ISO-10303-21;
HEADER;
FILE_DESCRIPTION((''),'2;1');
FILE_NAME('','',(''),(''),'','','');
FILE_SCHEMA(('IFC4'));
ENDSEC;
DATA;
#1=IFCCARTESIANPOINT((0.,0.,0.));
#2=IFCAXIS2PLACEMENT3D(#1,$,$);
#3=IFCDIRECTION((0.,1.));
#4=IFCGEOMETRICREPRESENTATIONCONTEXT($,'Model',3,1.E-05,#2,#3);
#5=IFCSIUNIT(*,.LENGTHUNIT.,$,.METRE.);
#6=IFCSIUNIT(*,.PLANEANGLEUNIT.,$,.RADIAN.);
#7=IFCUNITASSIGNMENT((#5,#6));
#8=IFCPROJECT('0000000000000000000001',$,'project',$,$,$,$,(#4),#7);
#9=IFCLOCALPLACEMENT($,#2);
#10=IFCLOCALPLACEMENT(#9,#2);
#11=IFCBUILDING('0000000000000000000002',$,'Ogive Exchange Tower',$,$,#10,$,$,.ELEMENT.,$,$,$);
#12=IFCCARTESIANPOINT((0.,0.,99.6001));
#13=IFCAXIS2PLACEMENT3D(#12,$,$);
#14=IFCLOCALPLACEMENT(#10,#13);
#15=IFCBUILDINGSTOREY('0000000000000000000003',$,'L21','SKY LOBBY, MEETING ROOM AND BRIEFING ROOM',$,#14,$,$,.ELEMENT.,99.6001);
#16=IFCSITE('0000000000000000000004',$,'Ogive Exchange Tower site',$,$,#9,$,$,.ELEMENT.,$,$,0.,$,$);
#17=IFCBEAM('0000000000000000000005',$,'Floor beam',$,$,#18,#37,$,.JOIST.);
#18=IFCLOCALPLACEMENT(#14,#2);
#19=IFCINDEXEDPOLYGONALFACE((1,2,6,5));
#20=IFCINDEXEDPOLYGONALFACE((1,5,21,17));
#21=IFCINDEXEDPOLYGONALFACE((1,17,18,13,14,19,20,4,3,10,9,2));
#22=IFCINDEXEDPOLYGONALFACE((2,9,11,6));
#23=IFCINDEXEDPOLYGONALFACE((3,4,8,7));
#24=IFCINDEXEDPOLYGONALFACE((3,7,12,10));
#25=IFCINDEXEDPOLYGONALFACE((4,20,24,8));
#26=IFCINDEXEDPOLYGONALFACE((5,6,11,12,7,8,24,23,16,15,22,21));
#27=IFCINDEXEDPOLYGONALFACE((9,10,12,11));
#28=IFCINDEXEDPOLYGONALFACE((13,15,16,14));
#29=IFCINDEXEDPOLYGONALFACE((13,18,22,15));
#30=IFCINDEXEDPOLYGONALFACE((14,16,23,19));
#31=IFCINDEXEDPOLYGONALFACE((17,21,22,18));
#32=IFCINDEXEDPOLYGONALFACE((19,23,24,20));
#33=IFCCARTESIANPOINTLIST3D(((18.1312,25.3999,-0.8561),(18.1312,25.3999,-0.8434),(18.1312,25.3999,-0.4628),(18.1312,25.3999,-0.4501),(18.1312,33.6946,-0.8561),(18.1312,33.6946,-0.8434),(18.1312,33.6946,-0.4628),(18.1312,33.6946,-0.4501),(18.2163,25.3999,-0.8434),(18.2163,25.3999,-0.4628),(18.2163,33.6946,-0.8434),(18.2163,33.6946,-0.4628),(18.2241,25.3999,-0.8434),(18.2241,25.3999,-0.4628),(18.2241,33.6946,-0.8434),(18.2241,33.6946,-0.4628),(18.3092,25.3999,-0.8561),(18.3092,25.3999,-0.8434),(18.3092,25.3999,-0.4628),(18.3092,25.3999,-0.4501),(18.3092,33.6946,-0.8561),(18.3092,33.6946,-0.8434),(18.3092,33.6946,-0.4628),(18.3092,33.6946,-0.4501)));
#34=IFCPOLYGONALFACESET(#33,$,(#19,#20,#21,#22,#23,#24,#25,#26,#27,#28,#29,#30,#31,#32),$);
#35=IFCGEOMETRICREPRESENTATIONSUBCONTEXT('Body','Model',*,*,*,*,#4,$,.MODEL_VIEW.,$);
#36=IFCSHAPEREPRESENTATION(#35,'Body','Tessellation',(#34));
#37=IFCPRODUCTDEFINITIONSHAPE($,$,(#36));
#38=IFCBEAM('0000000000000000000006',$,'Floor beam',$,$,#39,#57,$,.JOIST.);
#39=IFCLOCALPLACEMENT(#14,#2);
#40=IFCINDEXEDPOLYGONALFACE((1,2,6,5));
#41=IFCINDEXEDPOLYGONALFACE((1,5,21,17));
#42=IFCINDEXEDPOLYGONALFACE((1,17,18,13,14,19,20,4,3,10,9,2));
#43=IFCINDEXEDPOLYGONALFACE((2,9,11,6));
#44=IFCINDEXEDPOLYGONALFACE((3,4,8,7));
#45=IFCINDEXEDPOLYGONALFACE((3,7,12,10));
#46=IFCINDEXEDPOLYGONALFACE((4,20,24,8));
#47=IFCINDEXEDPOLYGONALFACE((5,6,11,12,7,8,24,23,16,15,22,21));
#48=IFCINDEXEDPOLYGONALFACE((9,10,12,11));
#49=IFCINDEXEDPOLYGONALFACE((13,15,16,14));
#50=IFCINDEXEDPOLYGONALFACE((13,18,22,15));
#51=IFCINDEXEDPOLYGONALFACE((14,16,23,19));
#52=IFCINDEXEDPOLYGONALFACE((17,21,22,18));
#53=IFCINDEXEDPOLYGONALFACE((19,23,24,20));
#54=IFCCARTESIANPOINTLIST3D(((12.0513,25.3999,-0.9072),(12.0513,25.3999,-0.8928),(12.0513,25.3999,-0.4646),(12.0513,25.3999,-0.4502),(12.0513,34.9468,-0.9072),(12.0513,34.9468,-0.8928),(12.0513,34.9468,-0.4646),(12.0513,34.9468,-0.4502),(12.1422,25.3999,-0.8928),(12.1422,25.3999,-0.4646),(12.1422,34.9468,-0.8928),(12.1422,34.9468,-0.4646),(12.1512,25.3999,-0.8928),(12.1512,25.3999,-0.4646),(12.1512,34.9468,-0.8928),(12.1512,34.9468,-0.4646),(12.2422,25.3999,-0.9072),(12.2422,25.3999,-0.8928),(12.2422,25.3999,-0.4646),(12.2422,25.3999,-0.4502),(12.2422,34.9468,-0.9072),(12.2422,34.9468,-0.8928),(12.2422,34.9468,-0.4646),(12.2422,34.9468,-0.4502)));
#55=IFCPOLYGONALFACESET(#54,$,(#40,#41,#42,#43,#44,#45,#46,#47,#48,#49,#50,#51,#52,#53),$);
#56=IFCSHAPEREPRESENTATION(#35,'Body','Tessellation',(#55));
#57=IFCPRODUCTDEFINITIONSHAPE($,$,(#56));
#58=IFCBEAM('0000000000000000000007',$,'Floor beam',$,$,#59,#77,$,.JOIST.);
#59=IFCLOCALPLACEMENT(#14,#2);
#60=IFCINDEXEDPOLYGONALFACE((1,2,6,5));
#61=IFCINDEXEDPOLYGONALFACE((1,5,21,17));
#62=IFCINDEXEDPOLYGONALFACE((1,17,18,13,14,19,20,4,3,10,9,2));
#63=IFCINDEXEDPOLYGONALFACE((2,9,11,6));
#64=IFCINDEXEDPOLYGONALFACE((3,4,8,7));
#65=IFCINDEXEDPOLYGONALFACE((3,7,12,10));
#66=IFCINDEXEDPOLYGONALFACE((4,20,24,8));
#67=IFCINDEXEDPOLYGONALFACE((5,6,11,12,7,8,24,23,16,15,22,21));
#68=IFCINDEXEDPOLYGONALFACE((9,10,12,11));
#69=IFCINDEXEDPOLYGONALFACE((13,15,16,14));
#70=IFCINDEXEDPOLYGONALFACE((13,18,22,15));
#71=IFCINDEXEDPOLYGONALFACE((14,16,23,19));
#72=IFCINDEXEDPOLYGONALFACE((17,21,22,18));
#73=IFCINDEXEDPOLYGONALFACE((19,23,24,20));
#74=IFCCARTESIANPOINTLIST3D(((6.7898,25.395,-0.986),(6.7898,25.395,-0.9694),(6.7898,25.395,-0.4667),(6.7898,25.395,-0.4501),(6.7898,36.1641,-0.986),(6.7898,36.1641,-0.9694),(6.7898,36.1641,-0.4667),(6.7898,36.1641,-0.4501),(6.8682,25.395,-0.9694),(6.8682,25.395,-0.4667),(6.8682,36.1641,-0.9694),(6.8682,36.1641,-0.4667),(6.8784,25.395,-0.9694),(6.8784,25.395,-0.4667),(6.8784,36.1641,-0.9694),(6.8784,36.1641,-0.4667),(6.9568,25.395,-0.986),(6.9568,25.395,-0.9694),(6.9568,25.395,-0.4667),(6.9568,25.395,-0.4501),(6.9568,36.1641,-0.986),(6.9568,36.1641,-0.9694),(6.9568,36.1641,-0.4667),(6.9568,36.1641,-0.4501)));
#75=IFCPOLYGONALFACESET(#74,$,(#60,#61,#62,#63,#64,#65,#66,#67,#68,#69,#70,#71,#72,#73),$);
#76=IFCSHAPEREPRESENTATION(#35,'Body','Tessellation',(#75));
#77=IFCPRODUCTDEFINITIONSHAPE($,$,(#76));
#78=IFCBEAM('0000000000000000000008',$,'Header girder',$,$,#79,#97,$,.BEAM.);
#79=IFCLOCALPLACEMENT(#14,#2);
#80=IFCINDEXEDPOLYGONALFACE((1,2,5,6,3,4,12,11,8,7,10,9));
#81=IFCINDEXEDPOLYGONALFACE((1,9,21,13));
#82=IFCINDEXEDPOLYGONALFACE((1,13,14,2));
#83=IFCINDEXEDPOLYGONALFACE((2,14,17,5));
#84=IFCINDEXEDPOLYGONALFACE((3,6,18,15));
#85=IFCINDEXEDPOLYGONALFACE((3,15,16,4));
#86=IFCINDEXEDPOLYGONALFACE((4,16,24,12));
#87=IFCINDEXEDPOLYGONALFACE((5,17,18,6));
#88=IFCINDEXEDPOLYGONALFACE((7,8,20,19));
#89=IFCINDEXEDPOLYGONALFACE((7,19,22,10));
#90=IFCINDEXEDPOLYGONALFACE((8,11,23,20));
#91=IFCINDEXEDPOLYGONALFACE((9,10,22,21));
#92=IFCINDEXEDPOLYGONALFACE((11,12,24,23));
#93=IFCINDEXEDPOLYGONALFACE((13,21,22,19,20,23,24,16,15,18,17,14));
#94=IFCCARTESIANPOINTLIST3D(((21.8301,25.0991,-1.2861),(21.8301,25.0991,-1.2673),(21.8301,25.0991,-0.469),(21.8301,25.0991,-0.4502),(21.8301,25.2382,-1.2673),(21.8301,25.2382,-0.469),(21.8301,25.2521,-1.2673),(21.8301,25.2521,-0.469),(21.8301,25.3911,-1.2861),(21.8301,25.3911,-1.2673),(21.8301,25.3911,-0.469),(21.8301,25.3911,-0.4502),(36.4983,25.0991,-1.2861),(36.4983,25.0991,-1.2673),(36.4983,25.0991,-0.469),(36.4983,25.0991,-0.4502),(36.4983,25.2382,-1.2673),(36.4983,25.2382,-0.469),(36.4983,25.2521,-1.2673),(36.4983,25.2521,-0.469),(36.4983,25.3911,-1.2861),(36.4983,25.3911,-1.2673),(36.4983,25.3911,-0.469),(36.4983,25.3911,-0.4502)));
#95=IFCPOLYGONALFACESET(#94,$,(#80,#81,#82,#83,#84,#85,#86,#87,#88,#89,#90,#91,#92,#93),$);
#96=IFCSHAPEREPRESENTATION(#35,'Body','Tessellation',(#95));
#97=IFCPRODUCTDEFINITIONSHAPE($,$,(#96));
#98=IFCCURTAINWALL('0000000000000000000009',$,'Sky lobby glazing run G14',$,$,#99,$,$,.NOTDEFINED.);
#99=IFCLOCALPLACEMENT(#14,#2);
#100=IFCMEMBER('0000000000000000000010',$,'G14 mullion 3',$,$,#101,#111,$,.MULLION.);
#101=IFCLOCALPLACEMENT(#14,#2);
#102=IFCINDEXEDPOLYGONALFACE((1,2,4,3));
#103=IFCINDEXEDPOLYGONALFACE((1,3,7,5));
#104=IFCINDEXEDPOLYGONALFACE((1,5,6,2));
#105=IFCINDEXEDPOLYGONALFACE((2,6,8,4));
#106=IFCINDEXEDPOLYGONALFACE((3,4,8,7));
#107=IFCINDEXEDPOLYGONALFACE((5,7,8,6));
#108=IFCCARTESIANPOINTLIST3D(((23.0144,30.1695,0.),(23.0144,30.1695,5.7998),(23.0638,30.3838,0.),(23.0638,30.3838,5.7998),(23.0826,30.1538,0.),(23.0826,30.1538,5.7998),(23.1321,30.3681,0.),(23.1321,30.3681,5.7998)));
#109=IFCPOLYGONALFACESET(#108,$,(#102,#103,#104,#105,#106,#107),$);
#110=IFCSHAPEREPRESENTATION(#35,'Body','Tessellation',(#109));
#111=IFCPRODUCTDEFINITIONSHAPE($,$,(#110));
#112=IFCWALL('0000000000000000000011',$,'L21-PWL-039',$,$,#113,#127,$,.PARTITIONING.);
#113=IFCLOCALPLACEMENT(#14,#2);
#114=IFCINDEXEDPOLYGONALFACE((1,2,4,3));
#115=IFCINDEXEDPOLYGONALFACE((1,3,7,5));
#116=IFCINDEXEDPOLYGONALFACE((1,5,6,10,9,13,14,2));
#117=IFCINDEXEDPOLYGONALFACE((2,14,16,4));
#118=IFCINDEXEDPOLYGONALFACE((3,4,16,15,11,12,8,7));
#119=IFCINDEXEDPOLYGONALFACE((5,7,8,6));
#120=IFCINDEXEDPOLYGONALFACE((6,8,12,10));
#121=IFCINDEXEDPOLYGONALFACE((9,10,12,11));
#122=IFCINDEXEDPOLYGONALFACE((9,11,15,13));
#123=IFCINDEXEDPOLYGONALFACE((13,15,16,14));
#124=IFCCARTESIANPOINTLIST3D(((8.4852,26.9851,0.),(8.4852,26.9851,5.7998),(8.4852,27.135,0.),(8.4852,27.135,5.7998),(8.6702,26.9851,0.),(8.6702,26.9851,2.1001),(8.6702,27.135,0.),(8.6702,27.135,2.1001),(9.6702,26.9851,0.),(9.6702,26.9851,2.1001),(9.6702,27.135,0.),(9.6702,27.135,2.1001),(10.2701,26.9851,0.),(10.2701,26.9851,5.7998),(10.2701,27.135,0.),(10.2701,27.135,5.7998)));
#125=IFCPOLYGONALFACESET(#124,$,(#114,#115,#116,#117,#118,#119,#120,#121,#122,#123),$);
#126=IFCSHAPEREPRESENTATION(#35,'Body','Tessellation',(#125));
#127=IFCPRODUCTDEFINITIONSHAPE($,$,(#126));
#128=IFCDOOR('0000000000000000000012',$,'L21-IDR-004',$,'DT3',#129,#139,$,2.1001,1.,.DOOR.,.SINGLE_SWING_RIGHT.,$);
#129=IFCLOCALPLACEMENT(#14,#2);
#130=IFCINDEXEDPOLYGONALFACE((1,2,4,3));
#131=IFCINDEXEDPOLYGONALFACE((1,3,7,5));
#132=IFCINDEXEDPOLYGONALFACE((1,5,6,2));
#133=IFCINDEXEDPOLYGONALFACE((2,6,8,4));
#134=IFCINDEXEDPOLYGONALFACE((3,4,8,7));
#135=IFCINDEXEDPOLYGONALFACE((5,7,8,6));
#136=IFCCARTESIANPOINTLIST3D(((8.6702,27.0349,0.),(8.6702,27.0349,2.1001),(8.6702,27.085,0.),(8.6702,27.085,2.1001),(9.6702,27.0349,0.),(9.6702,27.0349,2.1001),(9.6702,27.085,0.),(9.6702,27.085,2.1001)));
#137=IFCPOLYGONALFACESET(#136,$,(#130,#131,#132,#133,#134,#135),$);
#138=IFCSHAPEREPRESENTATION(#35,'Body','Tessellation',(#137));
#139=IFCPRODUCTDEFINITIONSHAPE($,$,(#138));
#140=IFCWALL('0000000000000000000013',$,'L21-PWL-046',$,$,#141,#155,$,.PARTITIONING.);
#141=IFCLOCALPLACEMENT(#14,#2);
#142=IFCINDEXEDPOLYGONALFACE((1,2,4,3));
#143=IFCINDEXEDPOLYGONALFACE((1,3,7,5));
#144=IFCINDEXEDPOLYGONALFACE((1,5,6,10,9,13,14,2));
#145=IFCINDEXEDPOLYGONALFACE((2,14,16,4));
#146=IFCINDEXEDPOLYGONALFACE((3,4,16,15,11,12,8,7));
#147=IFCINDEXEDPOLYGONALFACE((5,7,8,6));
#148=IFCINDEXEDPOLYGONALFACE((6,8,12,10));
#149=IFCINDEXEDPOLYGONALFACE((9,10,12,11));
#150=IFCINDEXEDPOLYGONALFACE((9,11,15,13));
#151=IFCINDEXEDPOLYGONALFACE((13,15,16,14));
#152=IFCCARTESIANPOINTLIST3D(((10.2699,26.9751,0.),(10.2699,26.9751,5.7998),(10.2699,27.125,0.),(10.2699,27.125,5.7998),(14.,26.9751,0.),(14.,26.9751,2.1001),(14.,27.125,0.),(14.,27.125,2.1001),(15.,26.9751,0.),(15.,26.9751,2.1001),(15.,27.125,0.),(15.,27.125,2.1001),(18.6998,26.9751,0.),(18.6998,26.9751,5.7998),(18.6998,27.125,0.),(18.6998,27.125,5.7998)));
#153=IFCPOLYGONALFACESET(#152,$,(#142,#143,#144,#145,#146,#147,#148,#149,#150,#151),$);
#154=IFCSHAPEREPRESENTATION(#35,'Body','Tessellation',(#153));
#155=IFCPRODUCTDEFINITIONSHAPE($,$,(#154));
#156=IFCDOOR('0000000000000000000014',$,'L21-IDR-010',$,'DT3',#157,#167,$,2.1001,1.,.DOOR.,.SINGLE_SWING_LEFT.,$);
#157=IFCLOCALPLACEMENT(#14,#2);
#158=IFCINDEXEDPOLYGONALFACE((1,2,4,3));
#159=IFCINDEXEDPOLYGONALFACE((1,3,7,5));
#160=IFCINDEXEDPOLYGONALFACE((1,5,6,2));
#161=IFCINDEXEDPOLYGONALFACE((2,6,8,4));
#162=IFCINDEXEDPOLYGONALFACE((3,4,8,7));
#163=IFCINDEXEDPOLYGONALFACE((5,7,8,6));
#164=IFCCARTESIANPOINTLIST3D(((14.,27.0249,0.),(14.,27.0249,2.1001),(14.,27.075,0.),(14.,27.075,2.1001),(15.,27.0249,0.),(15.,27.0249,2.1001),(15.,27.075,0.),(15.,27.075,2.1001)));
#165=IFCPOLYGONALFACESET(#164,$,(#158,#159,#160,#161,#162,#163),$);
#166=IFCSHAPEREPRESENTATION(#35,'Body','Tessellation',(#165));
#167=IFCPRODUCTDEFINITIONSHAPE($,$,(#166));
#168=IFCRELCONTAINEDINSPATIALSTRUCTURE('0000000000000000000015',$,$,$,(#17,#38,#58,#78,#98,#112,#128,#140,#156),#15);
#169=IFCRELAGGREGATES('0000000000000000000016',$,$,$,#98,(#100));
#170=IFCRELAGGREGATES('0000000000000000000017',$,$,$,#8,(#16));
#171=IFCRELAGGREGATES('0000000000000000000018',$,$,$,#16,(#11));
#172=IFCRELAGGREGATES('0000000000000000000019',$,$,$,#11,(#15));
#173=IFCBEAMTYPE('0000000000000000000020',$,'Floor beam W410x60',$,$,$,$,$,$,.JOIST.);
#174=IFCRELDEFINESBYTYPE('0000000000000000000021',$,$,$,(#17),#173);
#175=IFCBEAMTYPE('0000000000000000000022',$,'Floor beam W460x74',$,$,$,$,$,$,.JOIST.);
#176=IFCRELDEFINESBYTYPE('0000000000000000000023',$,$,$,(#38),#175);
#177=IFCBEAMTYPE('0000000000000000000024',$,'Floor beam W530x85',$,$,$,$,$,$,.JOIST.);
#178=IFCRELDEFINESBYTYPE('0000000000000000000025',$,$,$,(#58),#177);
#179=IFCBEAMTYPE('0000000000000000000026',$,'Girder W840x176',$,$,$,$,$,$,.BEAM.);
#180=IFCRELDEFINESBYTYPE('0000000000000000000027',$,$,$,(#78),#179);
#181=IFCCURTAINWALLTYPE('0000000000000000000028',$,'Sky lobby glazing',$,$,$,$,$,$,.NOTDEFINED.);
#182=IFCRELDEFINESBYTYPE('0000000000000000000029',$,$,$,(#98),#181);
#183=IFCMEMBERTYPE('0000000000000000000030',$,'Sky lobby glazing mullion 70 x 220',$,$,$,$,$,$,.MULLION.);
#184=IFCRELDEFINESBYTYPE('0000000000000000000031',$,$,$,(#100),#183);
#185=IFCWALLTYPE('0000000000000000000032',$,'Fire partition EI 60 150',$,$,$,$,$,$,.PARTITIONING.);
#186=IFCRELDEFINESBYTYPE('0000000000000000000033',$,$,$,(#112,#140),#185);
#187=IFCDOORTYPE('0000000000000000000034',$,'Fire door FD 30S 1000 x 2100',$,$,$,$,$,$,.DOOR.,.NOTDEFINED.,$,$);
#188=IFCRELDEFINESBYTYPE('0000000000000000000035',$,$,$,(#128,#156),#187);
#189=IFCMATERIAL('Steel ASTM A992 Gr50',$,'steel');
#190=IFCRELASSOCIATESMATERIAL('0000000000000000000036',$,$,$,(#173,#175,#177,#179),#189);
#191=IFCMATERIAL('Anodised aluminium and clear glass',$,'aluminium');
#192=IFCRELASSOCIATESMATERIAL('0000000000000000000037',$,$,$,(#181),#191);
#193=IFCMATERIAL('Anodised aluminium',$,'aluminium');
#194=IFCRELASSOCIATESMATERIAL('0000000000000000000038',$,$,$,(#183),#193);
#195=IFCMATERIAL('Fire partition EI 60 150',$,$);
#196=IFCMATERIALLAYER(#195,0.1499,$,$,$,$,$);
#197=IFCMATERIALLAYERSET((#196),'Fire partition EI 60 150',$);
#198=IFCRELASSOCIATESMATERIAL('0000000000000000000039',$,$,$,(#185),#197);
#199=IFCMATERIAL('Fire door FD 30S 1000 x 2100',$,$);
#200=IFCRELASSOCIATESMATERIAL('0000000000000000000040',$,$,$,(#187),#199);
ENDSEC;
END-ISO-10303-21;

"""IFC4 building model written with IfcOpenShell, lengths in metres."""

from ifc_helpers import new_model, si_unit, direction, frame, frame_2d, origin, origin_2d, place, context, subcontext, project, spatial, rectangle, i_section, extrude, material, layer, layer_set, material_profile, profile_set, type_object, element, fill, aggregate, save


model = new_model("IFC4")

# Units and contexts
model_context = context("Model", 3, precision=1e-05, world=origin(), true_north=direction((0.0, 1.0)))
body_context = subcontext(model_context, "Body", "Model", "MODEL_VIEW")
ifc_project = project(units=[si_unit("LENGTHUNIT", "METRE"), si_unit("PLANEANGLEUNIT", "RADIAN")], contexts=[model_context])

# Site, building, storey
site_placement = place(None, origin())
site = spatial("IfcSite", under=ifc_project, at=site_placement, Name="Ogive Exchange Tower site", CompositionType="ELEMENT", RefElevation=0.0)
building_placement = place(site_placement, origin())
building = spatial("IfcBuilding", under=site, at=building_placement, Name="Ogive Exchange Tower", CompositionType="ELEMENT")
storey_placement = place(building_placement, frame((0.0, 0.0, 99.6001)))
storey = spatial("IfcBuildingStorey", under=building, at=storey_placement, Name="L21", Description="SKY LOBBY, MEETING ROOM AND BRIEFING ROOM", CompositionType="ELEMENT", Elevation=99.6001)

# Beams
ifc_material_1 = material(Name="Steel ASTM A992 Gr50", Category="steel")
ifc_material_profile_1 = material_profile(ifc_material_1, i_section(OverallWidth=0.178, OverallDepth=0.406, WebThickness=0.0078, FlangeThickness=0.0127, at=origin_2d()), Name="W410x60")
ifc_profile_set_1 = profile_set([ifc_material_profile_1], Name="Steel ASTM A992 Gr50")
beam_type_1 = type_object("IfcBeamType", Name="Floor beam W410x60", PredefinedType="JOIST", material=ifc_profile_set_1)
beam_1_placement = place(storey_placement, frame((18.2202, 25.3999, -0.6531), z_axis=(0.0, 1.0, 0.0), x_axis=(-1.0, 0.0, 0.0)))
element("IfcBeam", 1, at=beam_1_placement, inside=storey, type_object=beam_type_1, Name="Floor beam", PredefinedType="JOIST", context=body_context, shape_type="SweptSolid", body=[
    extrude(i_section(OverallWidth=0.178, OverallDepth=0.406, WebThickness=0.0078, FlangeThickness=0.0127, at=origin_2d()), origin(), (0.0, 0.0, 1.0), 8.2947),
])
ifc_material_profile_2 = material_profile(ifc_material_1, i_section(OverallWidth=0.1909, OverallDepth=0.457, WebThickness=0.009, FlangeThickness=0.0144, at=origin_2d()), Name="W460x74")
ifc_profile_set_2 = profile_set([ifc_material_profile_2], Name="Steel ASTM A992 Gr50")
beam_type_2 = type_object("IfcBeamType", Name="Floor beam W460x74", PredefinedType="JOIST", material=ifc_profile_set_2)
beam_2_placement = place(storey_placement, frame((12.1467, 25.3999, -0.6787), z_axis=(0.0, 1.0, 0.0), x_axis=(-1.0, 0.0, 0.0)))
element("IfcBeam", 2, at=beam_2_placement, inside=storey, type_object=beam_type_2, Name="Floor beam", PredefinedType="JOIST", context=body_context, shape_type="SweptSolid", body=[
    extrude(i_section(OverallWidth=0.1909, OverallDepth=0.457, WebThickness=0.009, FlangeThickness=0.0144, at=origin_2d()), origin(), (0.0, 0.0, 1.0), 9.5469),
])
ifc_material_profile_3 = material_profile(ifc_material_1, i_section(OverallWidth=0.167, OverallDepth=0.5359, WebThickness=0.0103, FlangeThickness=0.0166, at=origin_2d()), Name="W530x85")
ifc_profile_set_3 = profile_set([ifc_material_profile_3], Name="Steel ASTM A992 Gr50")
beam_type_3 = type_object("IfcBeamType", Name="Floor beam W530x85", PredefinedType="JOIST", material=ifc_profile_set_3)
beam_3_placement = place(storey_placement, frame((6.8733, 25.395, -0.718), z_axis=(0.0, 1.0, 0.0), x_axis=(-1.0, 0.0, 0.0)))
element("IfcBeam", 3, at=beam_3_placement, inside=storey, type_object=beam_type_3, Name="Floor beam", PredefinedType="JOIST", context=body_context, shape_type="SweptSolid", body=[
    extrude(i_section(OverallWidth=0.167, OverallDepth=0.5359, WebThickness=0.0103, FlangeThickness=0.0166, at=origin_2d()), origin(), (0.0, 0.0, 1.0), 10.769),
])
ifc_material_profile_4 = material_profile(ifc_material_1, i_section(OverallWidth=0.292, OverallDepth=0.8359, WebThickness=0.0139, FlangeThickness=0.0188, at=origin_2d()), Name="W840x176")
ifc_profile_set_4 = profile_set([ifc_material_profile_4], Name="Steel ASTM A992 Gr50")
beam_type_4 = type_object("IfcBeamType", Name="Girder W840x176", PredefinedType="BEAM", material=ifc_profile_set_4)
beam_4_placement = place(storey_placement, frame((21.8301, 25.2451, -0.8682), z_axis=(1.0, 0.0, 0.0), x_axis=(0.0, 1.0, 0.0)))
element("IfcBeam", 4, at=beam_4_placement, inside=storey, type_object=beam_type_4, Name="Header girder", PredefinedType="BEAM", context=body_context, shape_type="SweptSolid", body=[
    extrude(i_section(OverallWidth=0.292, OverallDepth=0.8359, WebThickness=0.0139, FlangeThickness=0.0188, at=origin_2d()), origin(), (0.0, 0.0, 1.0), 14.6682),
])

# Curtain wall, member
ifc_material_2 = material(Name="Anodised aluminium and clear glass", Category="aluminium")
curtain_wall_type = type_object("IfcCurtainWallType", Name="Sky lobby glazing", PredefinedType="NOTDEFINED", material=ifc_material_2)
curtain_wall_placement = place(storey_placement, origin())
curtain_wall = element("IfcCurtainWall", 5, at=curtain_wall_placement, inside=storey, type_object=curtain_wall_type, Name="Sky lobby glazing run G14", PredefinedType="NOTDEFINED")
ifc_material_3 = material(Name="Anodised aluminium", Category="aluminium")
ifc_material_profile_5 = material_profile(ifc_material_3, rectangle(XDim=0.22, YDim=0.0701, at=origin_2d()), Name="AL 70x220")
ifc_profile_set_5 = profile_set([ifc_material_profile_5], Name="Anodised aluminium")
member_type = type_object("IfcMemberType", Name="Sky lobby glazing mullion 70 x 220", PredefinedType="MULLION", material=ifc_profile_set_5)
member_placement = place(storey_placement, frame((23.0732, 30.2688, 0.0), z_axis=(0.0, 0.0, 1.0), x_axis=(-0.224947, -0.974371, 0.0)))
member = element("IfcMember", 6, at=member_placement, type_object=member_type, Name="G14 mullion 3", PredefinedType="MULLION", context=body_context, shape_type="SweptSolid", body=[
    extrude(rectangle(XDim=0.22, YDim=0.0701, at=origin_2d()), origin(), (0.0, 0.0, 1.0), 5.7998),
])
aggregate(curtain_wall, [member])

# Walls, openings, doors
ifc_material_4 = material(Name="Fire partition EI 60 150")
ifc_layer_1 = layer(ifc_material_4, 0.1499)
ifc_layer_set_1 = layer_set([ifc_layer_1], Name="Fire partition EI 60 150")
wall_type_1 = type_object("IfcWallType", Name="Fire partition EI 60 150", PredefinedType="PARTITIONING", material=ifc_layer_set_1)
wall_1_placement = place(storey_placement, frame((8.4851, 27.0601, 0.0), z_axis=(0.0, 0.0, 1.0), x_axis=(1.0, 0.0, 0.0)))
wall_1 = element("IfcWall", 7, at=wall_1_placement, inside=storey, type_object=wall_type_1, Name="L21-PWL-039", PredefinedType="PARTITIONING", context=body_context, shape_type="SweptSolid", body=[
    extrude(rectangle(XDim=1.7849, YDim=0.1499, at=frame_2d((0.8926, 0.0))), origin(), (0.0, 0.0, 1.0), 5.7998),
])
opening_1_placement = place(wall_1_placement, frame((0.1851, 0.0, 0.0)))
opening_1 = element("IfcOpeningElement", 8, at=opening_1_placement, cuts=wall_1, PredefinedType="OPENING", context=body_context, shape_type="SweptSolid", body=[
    extrude(rectangle(XDim=1.0, YDim=2.1001, at=frame_2d((0.5, 1.05))), frame((0.0, 0.085, 0.0), z_axis=(0.0, -1.0, 0.0), x_axis=(1.0, 0.0, 0.0)), (0.0, 0.0, 1.0), 0.1699),
])
ifc_material_5 = material(Name="Fire door FD 30S 1000 x 2100")
door_type = type_object("IfcDoorType", Name="Fire door FD 30S 1000 x 2100", OperationType="NOTDEFINED", PredefinedType="DOOR", material=ifc_material_5)
door_1_placement = place(opening_1_placement, origin())
door_1 = element("IfcDoor", 9, at=door_1_placement, inside=storey, type_object=door_type, Name="L21-IDR-004", ObjectType="DT3", OperationType="SINGLE_SWING_RIGHT", OverallHeight=2.1001, OverallWidth=1.0, PredefinedType="DOOR", context=body_context, shape_type="SweptSolid", body=[
    extrude(rectangle(XDim=1.0, YDim=2.1001, at=frame_2d((0.5, 1.05))), frame((0.0, 0.0249, 0.0), z_axis=(0.0, -1.0, 0.0), x_axis=(1.0, 0.0, 0.0)), (0.0, 0.0, 1.0), 0.05),
])
fill(opening_1, door_1)
wall_2_placement = place(storey_placement, frame((10.27, 27.05, 0.0), z_axis=(0.0, 0.0, 1.0), x_axis=(1.0, 0.0, 0.0)))
wall_2 = element("IfcWall", 10, at=wall_2_placement, inside=storey, type_object=wall_type_1, Name="L21-PWL-046", PredefinedType="PARTITIONING", context=body_context, shape_type="SweptSolid", body=[
    extrude(rectangle(XDim=8.4299, YDim=0.1499, at=frame_2d((4.2148, 0.0))), origin(), (0.0, 0.0, 1.0), 5.7998),
])
opening_2_placement = place(wall_2_placement, frame((3.73, 0.0, 0.0)))
opening_2 = element("IfcOpeningElement", 11, at=opening_2_placement, cuts=wall_2, PredefinedType="OPENING", context=body_context, shape_type="SweptSolid", body=[
    extrude(rectangle(XDim=1.0, YDim=2.1001, at=frame_2d((0.5, 1.05))), frame((0.0, 0.085, 0.0), z_axis=(0.0, -1.0, 0.0), x_axis=(1.0, 0.0, 0.0)), (0.0, 0.0, 1.0), 0.1699),
])
door_2_placement = place(opening_2_placement, origin())
door_2 = element("IfcDoor", 12, at=door_2_placement, inside=storey, type_object=door_type, Name="L21-IDR-010", ObjectType="DT3", OperationType="SINGLE_SWING_LEFT", OverallHeight=2.1001, OverallWidth=1.0, PredefinedType="DOOR", context=body_context, shape_type="SweptSolid", body=[
    extrude(rectangle(XDim=1.0, YDim=2.1001, at=frame_2d((0.5, 1.05))), frame((0.0, 0.0249, 0.0), z_axis=(0.0, -1.0, 0.0), x_axis=(1.0, 0.0, 0.0)), (0.0, 0.0, 1.0), 0.05),
])
fill(opening_2, door_2)

save(model, "model.ifc")
